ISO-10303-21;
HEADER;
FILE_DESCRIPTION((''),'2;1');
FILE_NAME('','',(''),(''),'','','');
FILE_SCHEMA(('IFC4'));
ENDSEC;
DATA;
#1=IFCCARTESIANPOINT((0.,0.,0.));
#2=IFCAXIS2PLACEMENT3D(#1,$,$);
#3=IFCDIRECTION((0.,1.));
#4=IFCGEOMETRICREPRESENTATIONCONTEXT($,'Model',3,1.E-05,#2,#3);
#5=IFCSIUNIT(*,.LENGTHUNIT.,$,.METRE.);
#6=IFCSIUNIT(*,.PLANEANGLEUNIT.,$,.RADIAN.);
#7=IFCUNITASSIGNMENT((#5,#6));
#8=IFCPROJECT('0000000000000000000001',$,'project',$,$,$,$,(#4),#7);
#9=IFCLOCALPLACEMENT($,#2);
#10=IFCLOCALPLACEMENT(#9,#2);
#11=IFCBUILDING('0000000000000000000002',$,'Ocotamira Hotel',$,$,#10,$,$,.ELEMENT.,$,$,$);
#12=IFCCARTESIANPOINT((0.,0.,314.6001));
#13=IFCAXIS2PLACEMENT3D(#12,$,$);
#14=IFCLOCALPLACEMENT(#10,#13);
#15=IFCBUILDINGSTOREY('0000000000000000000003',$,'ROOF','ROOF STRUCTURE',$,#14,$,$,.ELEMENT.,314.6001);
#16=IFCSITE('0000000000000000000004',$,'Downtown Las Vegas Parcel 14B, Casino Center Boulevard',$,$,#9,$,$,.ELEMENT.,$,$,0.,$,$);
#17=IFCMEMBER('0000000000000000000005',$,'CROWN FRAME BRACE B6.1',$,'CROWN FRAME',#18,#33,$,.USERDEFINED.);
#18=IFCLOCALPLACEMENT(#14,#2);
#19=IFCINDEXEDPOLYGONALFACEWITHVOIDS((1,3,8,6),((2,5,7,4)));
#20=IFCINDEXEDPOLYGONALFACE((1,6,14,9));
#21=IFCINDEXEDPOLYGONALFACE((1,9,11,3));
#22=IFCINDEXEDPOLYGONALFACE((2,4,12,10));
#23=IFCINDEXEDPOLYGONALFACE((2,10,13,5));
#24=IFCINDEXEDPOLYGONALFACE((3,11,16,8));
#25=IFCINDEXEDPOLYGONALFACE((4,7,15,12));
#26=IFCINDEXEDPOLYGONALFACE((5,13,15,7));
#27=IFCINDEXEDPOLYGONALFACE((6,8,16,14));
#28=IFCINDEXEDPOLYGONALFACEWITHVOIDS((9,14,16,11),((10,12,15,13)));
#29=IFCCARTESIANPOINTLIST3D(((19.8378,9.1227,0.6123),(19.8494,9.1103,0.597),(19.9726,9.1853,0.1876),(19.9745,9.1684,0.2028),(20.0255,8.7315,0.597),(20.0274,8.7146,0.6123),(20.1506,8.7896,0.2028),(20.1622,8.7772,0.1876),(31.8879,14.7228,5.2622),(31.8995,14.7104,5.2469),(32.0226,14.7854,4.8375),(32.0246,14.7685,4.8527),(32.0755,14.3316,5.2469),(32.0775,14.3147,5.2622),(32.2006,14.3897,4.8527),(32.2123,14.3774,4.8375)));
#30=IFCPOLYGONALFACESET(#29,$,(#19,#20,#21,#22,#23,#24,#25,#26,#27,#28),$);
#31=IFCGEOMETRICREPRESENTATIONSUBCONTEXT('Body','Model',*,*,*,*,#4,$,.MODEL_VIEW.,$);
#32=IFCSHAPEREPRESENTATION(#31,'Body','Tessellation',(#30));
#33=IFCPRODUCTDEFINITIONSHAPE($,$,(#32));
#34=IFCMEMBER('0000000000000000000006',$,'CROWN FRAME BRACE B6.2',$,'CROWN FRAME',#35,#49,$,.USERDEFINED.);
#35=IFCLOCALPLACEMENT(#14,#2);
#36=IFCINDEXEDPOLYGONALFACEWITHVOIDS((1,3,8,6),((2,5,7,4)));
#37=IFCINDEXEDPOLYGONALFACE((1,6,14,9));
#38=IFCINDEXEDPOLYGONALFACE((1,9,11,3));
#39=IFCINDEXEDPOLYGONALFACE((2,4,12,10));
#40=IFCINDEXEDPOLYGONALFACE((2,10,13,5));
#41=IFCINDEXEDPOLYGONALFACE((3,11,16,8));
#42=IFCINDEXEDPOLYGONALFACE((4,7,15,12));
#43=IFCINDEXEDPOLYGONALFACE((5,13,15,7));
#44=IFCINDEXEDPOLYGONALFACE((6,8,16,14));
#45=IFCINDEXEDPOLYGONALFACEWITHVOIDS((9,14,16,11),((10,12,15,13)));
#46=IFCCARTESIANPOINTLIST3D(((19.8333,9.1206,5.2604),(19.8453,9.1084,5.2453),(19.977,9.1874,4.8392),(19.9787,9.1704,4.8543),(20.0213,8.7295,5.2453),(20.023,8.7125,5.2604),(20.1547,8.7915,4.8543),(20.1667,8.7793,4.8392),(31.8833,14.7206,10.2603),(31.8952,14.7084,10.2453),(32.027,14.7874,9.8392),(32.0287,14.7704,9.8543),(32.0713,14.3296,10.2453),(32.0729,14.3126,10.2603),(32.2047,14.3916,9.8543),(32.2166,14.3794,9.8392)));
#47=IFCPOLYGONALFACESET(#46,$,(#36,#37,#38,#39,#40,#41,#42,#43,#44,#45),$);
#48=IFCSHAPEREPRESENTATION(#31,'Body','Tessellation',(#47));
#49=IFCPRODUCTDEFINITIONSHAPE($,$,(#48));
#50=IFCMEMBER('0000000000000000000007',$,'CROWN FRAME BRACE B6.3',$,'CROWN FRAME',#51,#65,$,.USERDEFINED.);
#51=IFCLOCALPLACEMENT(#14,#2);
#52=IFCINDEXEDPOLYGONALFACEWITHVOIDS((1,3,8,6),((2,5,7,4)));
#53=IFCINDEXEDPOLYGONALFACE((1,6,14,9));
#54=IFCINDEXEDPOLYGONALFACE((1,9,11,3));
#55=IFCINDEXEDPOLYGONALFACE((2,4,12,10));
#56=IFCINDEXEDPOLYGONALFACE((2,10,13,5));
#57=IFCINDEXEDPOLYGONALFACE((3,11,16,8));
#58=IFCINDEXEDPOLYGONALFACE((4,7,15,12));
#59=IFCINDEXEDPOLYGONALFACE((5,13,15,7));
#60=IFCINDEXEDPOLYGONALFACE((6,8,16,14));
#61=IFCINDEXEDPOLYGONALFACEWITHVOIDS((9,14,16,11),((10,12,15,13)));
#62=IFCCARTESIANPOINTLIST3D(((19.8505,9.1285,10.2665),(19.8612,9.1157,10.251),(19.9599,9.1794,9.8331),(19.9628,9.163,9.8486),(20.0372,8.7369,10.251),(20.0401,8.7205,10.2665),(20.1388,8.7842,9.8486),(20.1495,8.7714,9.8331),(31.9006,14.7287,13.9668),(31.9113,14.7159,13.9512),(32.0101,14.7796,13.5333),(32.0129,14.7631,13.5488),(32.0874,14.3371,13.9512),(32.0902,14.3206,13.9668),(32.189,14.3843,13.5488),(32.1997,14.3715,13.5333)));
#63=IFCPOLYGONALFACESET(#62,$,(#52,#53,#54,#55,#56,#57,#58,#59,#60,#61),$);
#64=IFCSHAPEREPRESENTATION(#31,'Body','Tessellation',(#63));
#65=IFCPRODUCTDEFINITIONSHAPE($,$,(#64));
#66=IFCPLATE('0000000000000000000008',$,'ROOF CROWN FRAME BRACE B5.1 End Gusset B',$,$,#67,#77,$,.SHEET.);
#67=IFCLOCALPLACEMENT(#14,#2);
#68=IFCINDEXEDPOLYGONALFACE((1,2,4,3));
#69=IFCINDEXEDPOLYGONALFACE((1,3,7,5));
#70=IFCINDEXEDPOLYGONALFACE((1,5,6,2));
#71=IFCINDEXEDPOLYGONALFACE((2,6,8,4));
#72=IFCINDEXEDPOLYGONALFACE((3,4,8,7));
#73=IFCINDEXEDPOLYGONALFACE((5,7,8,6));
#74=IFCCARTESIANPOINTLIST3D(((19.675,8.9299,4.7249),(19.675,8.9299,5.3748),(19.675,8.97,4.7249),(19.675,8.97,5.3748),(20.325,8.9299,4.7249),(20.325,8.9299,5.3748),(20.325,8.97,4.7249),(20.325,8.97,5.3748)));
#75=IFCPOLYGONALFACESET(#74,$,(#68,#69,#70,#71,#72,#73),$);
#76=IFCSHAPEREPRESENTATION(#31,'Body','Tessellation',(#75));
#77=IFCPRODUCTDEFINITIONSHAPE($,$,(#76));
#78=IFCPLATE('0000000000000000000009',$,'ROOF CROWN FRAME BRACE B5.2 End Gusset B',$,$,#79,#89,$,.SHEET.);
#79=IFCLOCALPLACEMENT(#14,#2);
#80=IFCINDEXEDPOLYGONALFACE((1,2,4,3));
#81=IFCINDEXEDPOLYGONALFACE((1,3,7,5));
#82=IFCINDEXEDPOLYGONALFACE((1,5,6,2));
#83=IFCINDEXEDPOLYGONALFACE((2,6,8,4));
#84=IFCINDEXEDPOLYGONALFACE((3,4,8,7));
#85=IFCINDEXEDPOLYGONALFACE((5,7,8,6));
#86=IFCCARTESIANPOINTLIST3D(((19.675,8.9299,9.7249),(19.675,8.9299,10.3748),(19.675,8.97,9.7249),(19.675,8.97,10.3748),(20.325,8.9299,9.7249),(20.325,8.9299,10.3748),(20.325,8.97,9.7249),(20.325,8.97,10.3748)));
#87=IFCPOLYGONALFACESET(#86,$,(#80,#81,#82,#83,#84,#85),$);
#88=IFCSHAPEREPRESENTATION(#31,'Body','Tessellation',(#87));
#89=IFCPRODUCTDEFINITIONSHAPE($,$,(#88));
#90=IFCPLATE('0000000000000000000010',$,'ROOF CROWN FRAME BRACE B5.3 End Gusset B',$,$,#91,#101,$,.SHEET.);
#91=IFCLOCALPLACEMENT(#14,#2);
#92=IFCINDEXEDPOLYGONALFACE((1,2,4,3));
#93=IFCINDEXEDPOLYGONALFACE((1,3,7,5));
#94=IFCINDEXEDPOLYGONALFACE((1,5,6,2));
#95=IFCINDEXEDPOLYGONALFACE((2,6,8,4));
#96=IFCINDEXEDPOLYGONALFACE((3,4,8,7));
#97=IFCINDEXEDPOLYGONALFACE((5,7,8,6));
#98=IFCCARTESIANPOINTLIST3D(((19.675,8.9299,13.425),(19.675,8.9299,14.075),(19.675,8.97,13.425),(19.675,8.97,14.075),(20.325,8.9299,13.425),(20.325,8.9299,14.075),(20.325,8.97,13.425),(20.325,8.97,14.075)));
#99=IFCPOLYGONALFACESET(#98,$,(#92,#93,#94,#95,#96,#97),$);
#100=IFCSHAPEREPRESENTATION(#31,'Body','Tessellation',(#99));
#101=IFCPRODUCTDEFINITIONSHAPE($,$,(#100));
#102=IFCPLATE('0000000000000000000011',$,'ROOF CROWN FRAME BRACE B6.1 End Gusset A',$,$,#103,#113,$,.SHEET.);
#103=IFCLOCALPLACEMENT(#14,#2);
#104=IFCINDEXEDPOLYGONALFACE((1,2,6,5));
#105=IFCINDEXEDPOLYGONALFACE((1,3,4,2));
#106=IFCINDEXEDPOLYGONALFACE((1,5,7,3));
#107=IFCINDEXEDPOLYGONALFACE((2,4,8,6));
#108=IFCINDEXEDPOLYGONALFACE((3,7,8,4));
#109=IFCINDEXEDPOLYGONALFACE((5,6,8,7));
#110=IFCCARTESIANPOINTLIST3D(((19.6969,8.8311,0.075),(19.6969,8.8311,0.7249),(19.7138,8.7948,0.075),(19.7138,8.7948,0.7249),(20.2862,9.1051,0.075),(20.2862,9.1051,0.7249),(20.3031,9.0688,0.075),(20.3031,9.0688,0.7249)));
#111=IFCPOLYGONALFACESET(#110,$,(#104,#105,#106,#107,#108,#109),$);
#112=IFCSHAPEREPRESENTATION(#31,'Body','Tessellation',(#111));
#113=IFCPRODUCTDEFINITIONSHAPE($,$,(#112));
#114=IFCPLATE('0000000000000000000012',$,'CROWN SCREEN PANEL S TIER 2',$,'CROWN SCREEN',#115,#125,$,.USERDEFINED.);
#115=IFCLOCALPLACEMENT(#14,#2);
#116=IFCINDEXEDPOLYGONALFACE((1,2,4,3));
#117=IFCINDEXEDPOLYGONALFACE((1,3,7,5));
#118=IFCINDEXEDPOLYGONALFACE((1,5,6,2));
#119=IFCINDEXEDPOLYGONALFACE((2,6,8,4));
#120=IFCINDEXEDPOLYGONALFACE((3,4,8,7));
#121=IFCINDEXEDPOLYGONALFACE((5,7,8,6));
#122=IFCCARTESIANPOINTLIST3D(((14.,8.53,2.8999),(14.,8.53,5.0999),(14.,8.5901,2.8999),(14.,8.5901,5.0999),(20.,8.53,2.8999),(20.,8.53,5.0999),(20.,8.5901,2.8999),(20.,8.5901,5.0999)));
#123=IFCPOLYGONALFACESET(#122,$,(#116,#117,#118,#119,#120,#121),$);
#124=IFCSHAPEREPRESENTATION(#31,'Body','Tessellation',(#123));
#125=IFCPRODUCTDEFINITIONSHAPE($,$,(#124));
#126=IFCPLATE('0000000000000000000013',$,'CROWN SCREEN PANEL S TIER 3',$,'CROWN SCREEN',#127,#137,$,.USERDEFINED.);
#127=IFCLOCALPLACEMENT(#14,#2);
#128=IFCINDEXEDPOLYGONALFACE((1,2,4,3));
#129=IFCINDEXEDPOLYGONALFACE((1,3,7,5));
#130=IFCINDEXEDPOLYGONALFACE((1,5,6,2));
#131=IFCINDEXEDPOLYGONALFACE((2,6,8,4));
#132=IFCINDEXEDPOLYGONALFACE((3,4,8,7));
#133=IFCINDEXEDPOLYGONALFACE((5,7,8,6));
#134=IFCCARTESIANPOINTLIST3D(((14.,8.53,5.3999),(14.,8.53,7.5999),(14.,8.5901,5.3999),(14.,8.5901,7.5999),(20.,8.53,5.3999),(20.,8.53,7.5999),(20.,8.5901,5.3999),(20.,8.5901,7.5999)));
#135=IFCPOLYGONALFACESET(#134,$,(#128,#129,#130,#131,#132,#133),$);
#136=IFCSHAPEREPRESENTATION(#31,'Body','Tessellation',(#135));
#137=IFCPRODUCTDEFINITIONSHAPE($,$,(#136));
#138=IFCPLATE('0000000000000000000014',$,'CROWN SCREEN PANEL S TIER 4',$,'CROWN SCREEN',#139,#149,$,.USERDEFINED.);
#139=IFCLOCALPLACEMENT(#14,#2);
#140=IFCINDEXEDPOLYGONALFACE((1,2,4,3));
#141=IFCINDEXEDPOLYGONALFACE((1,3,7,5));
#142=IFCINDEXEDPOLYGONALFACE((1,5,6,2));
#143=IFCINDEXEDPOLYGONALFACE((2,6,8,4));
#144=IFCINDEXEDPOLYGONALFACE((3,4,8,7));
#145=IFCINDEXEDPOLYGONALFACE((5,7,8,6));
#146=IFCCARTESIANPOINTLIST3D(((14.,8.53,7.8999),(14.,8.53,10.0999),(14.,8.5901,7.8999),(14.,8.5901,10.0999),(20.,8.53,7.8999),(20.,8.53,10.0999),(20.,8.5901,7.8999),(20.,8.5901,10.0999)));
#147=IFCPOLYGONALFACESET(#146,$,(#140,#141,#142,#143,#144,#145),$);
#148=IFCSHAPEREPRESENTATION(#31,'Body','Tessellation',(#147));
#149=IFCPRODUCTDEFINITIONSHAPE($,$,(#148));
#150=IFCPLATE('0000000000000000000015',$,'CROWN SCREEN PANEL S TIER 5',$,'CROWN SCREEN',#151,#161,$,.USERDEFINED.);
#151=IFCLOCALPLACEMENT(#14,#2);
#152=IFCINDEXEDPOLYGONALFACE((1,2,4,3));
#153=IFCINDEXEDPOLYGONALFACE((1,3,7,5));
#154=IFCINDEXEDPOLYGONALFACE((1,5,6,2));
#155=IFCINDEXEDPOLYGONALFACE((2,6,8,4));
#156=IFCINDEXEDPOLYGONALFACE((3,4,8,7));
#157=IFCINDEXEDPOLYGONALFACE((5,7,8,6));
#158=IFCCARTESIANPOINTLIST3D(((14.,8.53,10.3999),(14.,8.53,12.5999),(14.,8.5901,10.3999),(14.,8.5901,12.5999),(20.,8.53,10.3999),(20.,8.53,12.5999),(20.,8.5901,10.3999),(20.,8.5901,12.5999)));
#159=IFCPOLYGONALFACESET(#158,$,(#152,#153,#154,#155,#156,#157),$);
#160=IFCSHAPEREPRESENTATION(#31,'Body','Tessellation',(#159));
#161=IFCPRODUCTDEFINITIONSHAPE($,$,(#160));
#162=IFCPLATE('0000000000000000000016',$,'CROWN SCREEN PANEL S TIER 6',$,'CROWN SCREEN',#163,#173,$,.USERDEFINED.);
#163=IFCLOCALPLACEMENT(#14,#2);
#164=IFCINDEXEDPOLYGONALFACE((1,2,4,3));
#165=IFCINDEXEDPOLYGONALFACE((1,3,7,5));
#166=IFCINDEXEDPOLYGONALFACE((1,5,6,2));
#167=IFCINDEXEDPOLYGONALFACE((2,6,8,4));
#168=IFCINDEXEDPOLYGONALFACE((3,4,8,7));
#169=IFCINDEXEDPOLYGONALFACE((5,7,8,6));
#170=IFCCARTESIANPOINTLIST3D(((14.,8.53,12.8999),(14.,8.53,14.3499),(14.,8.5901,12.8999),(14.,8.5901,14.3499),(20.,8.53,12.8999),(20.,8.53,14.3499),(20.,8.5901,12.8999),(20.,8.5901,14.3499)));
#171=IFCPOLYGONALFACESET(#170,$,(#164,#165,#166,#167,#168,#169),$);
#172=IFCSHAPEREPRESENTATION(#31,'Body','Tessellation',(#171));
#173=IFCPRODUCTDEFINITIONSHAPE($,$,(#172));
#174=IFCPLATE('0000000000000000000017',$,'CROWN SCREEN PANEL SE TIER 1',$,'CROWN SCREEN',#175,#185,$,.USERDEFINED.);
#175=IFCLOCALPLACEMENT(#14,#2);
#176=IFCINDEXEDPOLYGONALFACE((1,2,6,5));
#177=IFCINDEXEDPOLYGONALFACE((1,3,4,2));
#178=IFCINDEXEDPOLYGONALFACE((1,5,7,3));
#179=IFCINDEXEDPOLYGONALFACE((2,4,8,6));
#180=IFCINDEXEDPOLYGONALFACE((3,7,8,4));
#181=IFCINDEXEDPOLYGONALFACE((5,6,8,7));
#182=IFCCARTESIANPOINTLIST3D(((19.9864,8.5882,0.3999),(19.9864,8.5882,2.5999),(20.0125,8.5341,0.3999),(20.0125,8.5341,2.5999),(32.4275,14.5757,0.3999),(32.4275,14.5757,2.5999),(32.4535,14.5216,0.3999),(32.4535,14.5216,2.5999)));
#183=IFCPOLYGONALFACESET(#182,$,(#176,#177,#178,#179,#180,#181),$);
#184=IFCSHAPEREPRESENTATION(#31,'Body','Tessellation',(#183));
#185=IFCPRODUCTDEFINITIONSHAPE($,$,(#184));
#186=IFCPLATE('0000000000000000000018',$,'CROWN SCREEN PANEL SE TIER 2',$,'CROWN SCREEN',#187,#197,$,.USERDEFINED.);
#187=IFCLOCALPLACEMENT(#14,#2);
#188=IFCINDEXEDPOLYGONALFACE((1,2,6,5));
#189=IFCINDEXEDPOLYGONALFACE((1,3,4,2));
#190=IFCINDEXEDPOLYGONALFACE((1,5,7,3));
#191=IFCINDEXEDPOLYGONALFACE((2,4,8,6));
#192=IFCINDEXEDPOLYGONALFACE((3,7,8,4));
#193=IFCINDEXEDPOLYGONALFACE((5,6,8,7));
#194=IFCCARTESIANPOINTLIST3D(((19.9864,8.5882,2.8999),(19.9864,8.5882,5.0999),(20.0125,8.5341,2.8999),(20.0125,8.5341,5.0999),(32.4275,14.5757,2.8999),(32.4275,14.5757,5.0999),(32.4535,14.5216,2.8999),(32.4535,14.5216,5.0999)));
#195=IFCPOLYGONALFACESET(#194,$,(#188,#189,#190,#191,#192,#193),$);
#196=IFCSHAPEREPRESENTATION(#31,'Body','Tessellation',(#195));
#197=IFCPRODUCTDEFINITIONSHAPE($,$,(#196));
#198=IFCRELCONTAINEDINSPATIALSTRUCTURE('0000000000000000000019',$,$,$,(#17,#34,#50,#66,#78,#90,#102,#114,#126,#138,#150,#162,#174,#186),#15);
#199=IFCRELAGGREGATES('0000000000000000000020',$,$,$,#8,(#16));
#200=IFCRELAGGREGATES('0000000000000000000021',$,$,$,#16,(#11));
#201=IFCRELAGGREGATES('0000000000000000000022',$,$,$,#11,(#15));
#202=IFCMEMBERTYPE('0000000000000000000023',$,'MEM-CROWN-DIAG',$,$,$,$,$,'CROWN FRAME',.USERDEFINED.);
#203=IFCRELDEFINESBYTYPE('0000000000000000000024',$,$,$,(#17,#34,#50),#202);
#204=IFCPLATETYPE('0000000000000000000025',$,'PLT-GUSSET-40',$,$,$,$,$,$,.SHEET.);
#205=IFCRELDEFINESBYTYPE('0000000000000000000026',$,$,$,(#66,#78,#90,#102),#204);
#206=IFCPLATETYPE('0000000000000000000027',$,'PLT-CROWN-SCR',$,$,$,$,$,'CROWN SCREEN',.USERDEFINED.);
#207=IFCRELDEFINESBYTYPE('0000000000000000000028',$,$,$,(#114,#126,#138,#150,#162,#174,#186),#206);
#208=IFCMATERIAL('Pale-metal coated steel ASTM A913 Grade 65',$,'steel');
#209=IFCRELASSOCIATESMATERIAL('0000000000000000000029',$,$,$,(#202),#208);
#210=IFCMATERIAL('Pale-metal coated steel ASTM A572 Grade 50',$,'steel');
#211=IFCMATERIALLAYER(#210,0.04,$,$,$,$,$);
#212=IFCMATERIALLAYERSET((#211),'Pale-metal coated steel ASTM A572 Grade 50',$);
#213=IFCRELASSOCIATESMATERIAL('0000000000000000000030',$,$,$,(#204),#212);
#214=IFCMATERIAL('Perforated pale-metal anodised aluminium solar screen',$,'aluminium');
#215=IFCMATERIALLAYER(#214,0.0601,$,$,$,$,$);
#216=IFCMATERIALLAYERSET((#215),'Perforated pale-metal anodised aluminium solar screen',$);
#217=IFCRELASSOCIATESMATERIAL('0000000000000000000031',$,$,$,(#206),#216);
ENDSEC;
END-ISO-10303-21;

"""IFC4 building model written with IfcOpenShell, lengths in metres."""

from ifc_helpers import new_model, si_unit, direction, frame, origin, origin_2d, place, context, subcontext, project, spatial, rectangle, hollow_rectangle, extrude, source, transform, mapped, material, layer, layer_set, material_profile, profile_set, type_object, element, save


model = new_model("IFC4")

# Units and contexts
model_context = context("Model", 3, precision=1e-05, world=origin(), true_north=direction((0.0, 1.0)))
body_context = subcontext(model_context, "Body", "Model", "MODEL_VIEW")
ifc_project = project(units=[si_unit("LENGTHUNIT", "METRE"), si_unit("PLANEANGLEUNIT", "RADIAN")], contexts=[model_context])

# Site, building, storey
site_placement = place(None, origin())
site = spatial("IfcSite", under=ifc_project, at=site_placement, Name="Downtown Las Vegas Parcel 14B, Casino Center Boulevard", CompositionType="ELEMENT", RefElevation=0.0)
building_placement = place(site_placement, origin())
building = spatial("IfcBuilding", under=site, at=building_placement, Name="Ocotamira Hotel", CompositionType="ELEMENT")
storey_placement = place(building_placement, frame((0.0, 0.0, 314.6001)))
storey = spatial("IfcBuildingStorey", under=building, at=storey_placement, Name="ROOF", Description="ROOF STRUCTURE", CompositionType="ELEMENT", Elevation=314.6001)

# Shared definitions
ifc_material_1 = material(Name="Pale-metal coated steel ASTM A913 Grade 65", Category="steel")

# Members
ifc_material_profile_1 = material_profile(ifc_material_1, hollow_rectangle(XDim=0.45, YDim=0.45, WallThickness=0.0161, at=origin_2d()), Name="HSS450X450X16")
ifc_profile_set_1 = profile_set([ifc_material_profile_1], Name="Pale-metal coated steel ASTM A913 Grade 65")
member_type = type_object("IfcMemberType", Name="MEM-CROWN-DIAG", ElementType="CROWN FRAME", PredefinedType="USERDEFINED", material=ifc_profile_set_1)
shared_shape_1 = source(origin(), body_context, "Body", "SweptSolid", [
    extrude(hollow_rectangle(XDim=0.45, YDim=0.45, WallThickness=0.0161, at=origin_2d()), origin(), (0.0, 0.0, 1.0), 14.0779),
])
member_1_placement = place(storey_placement, frame((20.0, 8.95, 0.3999), z_axis=(0.855957, 0.397794, 0.330299), x_axis=(-0.421448, 0.906853, 0.0)))
element("IfcMember", 1, at=member_1_placement, inside=storey, type_object=member_type, Name="CROWN FRAME BRACE B6.1", ObjectType="CROWN FRAME", PredefinedType="USERDEFINED", context=body_context, shape_type="MappedRepresentation", body=[
    mapped(shared_shape_1, transform((0.0, 0.0, 0.0), scale=1.0)),
])
shared_shape_2 = source(origin(), body_context, "Body", "SweptSolid", [
    extrude(hollow_rectangle(XDim=0.45, YDim=0.45, WallThickness=0.0161, at=origin_2d()), origin(), (0.0, 0.0, 1.0), 14.1973),
])
member_2_placement = place(storey_placement, frame((20.0, 8.95, 5.0498), z_axis=(0.848753, 0.394447, 0.352178), x_axis=(-0.421448, 0.906853, 0.0)))
element("IfcMember", 2, at=member_2_placement, inside=storey, type_object=member_type, Name="CROWN FRAME BRACE B6.2", ObjectType="CROWN FRAME", PredefinedType="USERDEFINED", context=body_context, shape_type="MappedRepresentation", body=[
    mapped(shared_shape_2, transform((0.0, 0.0, 0.0), scale=1.0)),
])
shared_shape_3 = source(origin(), body_context, "Body", "SweptSolid", [
    extrude(hollow_rectangle(XDim=0.45, YDim=0.45, WallThickness=0.0161, at=origin_2d()), origin(), (0.0, 0.0, 1.0), 13.7935),
])
member_3_placement = place(storey_placement, frame((20.0, 8.95, 10.0498), z_axis=(0.873614, 0.406, 0.26826), x_axis=(-0.421448, 0.906853, 0.0)))
element("IfcMember", 3, at=member_3_placement, inside=storey, type_object=member_type, Name="CROWN FRAME BRACE B6.3", ObjectType="CROWN FRAME", PredefinedType="USERDEFINED", context=body_context, shape_type="MappedRepresentation", body=[
    mapped(shared_shape_3, transform((0.0, 0.0, 0.0), scale=1.0)),
])

# Plates
ifc_material_2 = material(Name="Pale-metal coated steel ASTM A572 Grade 50", Category="steel")
ifc_layer_1 = layer(ifc_material_2, 0.04)
ifc_layer_set_1 = layer_set([ifc_layer_1], Name="Pale-metal coated steel ASTM A572 Grade 50")
plate_type_1 = type_object("IfcPlateType", Name="PLT-GUSSET-40", PredefinedType="SHEET", material=ifc_layer_set_1)
shared_shape_4 = source(origin(), body_context, "Body", "SweptSolid", [
    extrude(rectangle(XDim=0.6499, YDim=0.04, at=origin_2d()), origin(), (0.0, 0.0, 1.0), 0.6499),
])
for number, where, z_axis, x_axis, name in (
    (4, (20.0, 8.95, 4.7249), (0.0, 0.0, 1.0), (1.0, 0.0, 0.0), "ROOF CROWN FRAME BRACE B5.1 End Gusset B"),
    (5, (20.0, 8.95, 9.7249), (0.0, 0.0, 1.0), (1.0, 0.0, 0.0), "ROOF CROWN FRAME BRACE B5.2 End Gusset B"),
    (6, (20.0, 8.95, 13.425), (0.0, 0.0, 1.0), (1.0, 0.0, 0.0), "ROOF CROWN FRAME BRACE B5.3 End Gusset B"),
    (7, (20.0, 8.95, 0.075), (0.0, 0.0, 1.0), (0.906823, 0.421511, 0.0), "ROOF CROWN FRAME BRACE B6.1 End Gusset A"),
):
    element("IfcPlate", number, at=place(storey_placement, frame(where, z_axis=z_axis, x_axis=x_axis)), inside=storey, type_object=plate_type_1, Name=name, PredefinedType="SHEET", context=body_context, shape_type="MappedRepresentation", body=[
        mapped(shared_shape_4, transform((0.0, 0.0, 0.0), scale=1.0)),
    ])
ifc_material_3 = material(Name="Perforated pale-metal anodised aluminium solar screen", Category="aluminium")
ifc_layer_2 = layer(ifc_material_3, 0.0601)
ifc_layer_set_2 = layer_set([ifc_layer_2], Name="Perforated pale-metal anodised aluminium solar screen")
plate_type_2 = type_object("IfcPlateType", Name="PLT-CROWN-SCR", ElementType="CROWN SCREEN", PredefinedType="USERDEFINED", material=ifc_layer_set_2)
shared_shape_5 = source(origin(), body_context, "Body", "SweptSolid", [
    extrude(rectangle(XDim=6.0, YDim=0.0601, at=origin_2d()), origin(), (0.0, 0.0, 1.0), 2.2),
])
for number, where, z_axis, x_axis, name in (
    (8, (17.0, 8.5601, 2.8999), (0.0, 0.0, 1.0), (1.0, 0.0, 0.0), "CROWN SCREEN PANEL S TIER 2"),
    (9, (17.0, 8.5601, 5.3999), (0.0, 0.0, 1.0), (1.0, 0.0, 0.0), "CROWN SCREEN PANEL S TIER 3"),
    (10, (17.0, 8.5601, 7.8999), (0.0, 0.0, 1.0), (1.0, 0.0, 0.0), "CROWN SCREEN PANEL S TIER 4"),
    (11, (17.0, 8.5601, 10.3999), (0.0, 0.0, 1.0), (1.0, 0.0, 0.0), "CROWN SCREEN PANEL S TIER 5"),
):
    element("IfcPlate", number, at=place(storey_placement, frame(where, z_axis=z_axis, x_axis=x_axis)), inside=storey, type_object=plate_type_2, Name=name, ObjectType="CROWN SCREEN", PredefinedType="USERDEFINED", context=body_context, shape_type="MappedRepresentation", body=[
        mapped(shared_shape_5, transform((0.0, 0.0, 0.0), scale=1.0)),
    ])
shared_shape_6 = source(origin(), body_context, "Body", "SweptSolid", [
    extrude(rectangle(XDim=6.0, YDim=0.0601, at=origin_2d()), origin(), (0.0, 0.0, 1.0), 1.45),
])
plate_placement = place(storey_placement, frame((17.0, 8.5601, 12.8999), z_axis=(0.0, 0.0, 1.0), x_axis=(1.0, 0.0, 0.0)))
element("IfcPlate", 12, at=plate_placement, inside=storey, type_object=plate_type_2, Name="CROWN SCREEN PANEL S TIER 6", ObjectType="CROWN SCREEN", PredefinedType="USERDEFINED", context=body_context, shape_type="MappedRepresentation", body=[
    mapped(shared_shape_6, transform((0.0, 0.0, 0.0), scale=1.0)),
])
shared_shape_7 = source(origin(), body_context, "Body", "SweptSolid", [
    extrude(rectangle(XDim=13.8069, YDim=0.0601, at=origin_2d()), origin(), (0.0, 0.0, 1.0), 2.2),
])
for number, where, z_axis, x_axis, name in (
    (13, (26.22, 11.5549, 0.3999), (0.0, 0.0, 1.0), (0.901077, 0.433659, 0.0), "CROWN SCREEN PANEL SE TIER 1"),
    (14, (26.22, 11.5549, 2.8999), (0.0, 0.0, 1.0), (0.901077, 0.433659, 0.0), "CROWN SCREEN PANEL SE TIER 2"),
):
    element("IfcPlate", number, at=place(storey_placement, frame(where, z_axis=z_axis, x_axis=x_axis)), inside=storey, type_object=plate_type_2, Name=name, ObjectType="CROWN SCREEN", PredefinedType="USERDEFINED", context=body_context, shape_type="MappedRepresentation", body=[
        mapped(shared_shape_7, transform((0.0, 0.0, 0.0), scale=1.0)),
    ])

save(model, "model.ifc")
